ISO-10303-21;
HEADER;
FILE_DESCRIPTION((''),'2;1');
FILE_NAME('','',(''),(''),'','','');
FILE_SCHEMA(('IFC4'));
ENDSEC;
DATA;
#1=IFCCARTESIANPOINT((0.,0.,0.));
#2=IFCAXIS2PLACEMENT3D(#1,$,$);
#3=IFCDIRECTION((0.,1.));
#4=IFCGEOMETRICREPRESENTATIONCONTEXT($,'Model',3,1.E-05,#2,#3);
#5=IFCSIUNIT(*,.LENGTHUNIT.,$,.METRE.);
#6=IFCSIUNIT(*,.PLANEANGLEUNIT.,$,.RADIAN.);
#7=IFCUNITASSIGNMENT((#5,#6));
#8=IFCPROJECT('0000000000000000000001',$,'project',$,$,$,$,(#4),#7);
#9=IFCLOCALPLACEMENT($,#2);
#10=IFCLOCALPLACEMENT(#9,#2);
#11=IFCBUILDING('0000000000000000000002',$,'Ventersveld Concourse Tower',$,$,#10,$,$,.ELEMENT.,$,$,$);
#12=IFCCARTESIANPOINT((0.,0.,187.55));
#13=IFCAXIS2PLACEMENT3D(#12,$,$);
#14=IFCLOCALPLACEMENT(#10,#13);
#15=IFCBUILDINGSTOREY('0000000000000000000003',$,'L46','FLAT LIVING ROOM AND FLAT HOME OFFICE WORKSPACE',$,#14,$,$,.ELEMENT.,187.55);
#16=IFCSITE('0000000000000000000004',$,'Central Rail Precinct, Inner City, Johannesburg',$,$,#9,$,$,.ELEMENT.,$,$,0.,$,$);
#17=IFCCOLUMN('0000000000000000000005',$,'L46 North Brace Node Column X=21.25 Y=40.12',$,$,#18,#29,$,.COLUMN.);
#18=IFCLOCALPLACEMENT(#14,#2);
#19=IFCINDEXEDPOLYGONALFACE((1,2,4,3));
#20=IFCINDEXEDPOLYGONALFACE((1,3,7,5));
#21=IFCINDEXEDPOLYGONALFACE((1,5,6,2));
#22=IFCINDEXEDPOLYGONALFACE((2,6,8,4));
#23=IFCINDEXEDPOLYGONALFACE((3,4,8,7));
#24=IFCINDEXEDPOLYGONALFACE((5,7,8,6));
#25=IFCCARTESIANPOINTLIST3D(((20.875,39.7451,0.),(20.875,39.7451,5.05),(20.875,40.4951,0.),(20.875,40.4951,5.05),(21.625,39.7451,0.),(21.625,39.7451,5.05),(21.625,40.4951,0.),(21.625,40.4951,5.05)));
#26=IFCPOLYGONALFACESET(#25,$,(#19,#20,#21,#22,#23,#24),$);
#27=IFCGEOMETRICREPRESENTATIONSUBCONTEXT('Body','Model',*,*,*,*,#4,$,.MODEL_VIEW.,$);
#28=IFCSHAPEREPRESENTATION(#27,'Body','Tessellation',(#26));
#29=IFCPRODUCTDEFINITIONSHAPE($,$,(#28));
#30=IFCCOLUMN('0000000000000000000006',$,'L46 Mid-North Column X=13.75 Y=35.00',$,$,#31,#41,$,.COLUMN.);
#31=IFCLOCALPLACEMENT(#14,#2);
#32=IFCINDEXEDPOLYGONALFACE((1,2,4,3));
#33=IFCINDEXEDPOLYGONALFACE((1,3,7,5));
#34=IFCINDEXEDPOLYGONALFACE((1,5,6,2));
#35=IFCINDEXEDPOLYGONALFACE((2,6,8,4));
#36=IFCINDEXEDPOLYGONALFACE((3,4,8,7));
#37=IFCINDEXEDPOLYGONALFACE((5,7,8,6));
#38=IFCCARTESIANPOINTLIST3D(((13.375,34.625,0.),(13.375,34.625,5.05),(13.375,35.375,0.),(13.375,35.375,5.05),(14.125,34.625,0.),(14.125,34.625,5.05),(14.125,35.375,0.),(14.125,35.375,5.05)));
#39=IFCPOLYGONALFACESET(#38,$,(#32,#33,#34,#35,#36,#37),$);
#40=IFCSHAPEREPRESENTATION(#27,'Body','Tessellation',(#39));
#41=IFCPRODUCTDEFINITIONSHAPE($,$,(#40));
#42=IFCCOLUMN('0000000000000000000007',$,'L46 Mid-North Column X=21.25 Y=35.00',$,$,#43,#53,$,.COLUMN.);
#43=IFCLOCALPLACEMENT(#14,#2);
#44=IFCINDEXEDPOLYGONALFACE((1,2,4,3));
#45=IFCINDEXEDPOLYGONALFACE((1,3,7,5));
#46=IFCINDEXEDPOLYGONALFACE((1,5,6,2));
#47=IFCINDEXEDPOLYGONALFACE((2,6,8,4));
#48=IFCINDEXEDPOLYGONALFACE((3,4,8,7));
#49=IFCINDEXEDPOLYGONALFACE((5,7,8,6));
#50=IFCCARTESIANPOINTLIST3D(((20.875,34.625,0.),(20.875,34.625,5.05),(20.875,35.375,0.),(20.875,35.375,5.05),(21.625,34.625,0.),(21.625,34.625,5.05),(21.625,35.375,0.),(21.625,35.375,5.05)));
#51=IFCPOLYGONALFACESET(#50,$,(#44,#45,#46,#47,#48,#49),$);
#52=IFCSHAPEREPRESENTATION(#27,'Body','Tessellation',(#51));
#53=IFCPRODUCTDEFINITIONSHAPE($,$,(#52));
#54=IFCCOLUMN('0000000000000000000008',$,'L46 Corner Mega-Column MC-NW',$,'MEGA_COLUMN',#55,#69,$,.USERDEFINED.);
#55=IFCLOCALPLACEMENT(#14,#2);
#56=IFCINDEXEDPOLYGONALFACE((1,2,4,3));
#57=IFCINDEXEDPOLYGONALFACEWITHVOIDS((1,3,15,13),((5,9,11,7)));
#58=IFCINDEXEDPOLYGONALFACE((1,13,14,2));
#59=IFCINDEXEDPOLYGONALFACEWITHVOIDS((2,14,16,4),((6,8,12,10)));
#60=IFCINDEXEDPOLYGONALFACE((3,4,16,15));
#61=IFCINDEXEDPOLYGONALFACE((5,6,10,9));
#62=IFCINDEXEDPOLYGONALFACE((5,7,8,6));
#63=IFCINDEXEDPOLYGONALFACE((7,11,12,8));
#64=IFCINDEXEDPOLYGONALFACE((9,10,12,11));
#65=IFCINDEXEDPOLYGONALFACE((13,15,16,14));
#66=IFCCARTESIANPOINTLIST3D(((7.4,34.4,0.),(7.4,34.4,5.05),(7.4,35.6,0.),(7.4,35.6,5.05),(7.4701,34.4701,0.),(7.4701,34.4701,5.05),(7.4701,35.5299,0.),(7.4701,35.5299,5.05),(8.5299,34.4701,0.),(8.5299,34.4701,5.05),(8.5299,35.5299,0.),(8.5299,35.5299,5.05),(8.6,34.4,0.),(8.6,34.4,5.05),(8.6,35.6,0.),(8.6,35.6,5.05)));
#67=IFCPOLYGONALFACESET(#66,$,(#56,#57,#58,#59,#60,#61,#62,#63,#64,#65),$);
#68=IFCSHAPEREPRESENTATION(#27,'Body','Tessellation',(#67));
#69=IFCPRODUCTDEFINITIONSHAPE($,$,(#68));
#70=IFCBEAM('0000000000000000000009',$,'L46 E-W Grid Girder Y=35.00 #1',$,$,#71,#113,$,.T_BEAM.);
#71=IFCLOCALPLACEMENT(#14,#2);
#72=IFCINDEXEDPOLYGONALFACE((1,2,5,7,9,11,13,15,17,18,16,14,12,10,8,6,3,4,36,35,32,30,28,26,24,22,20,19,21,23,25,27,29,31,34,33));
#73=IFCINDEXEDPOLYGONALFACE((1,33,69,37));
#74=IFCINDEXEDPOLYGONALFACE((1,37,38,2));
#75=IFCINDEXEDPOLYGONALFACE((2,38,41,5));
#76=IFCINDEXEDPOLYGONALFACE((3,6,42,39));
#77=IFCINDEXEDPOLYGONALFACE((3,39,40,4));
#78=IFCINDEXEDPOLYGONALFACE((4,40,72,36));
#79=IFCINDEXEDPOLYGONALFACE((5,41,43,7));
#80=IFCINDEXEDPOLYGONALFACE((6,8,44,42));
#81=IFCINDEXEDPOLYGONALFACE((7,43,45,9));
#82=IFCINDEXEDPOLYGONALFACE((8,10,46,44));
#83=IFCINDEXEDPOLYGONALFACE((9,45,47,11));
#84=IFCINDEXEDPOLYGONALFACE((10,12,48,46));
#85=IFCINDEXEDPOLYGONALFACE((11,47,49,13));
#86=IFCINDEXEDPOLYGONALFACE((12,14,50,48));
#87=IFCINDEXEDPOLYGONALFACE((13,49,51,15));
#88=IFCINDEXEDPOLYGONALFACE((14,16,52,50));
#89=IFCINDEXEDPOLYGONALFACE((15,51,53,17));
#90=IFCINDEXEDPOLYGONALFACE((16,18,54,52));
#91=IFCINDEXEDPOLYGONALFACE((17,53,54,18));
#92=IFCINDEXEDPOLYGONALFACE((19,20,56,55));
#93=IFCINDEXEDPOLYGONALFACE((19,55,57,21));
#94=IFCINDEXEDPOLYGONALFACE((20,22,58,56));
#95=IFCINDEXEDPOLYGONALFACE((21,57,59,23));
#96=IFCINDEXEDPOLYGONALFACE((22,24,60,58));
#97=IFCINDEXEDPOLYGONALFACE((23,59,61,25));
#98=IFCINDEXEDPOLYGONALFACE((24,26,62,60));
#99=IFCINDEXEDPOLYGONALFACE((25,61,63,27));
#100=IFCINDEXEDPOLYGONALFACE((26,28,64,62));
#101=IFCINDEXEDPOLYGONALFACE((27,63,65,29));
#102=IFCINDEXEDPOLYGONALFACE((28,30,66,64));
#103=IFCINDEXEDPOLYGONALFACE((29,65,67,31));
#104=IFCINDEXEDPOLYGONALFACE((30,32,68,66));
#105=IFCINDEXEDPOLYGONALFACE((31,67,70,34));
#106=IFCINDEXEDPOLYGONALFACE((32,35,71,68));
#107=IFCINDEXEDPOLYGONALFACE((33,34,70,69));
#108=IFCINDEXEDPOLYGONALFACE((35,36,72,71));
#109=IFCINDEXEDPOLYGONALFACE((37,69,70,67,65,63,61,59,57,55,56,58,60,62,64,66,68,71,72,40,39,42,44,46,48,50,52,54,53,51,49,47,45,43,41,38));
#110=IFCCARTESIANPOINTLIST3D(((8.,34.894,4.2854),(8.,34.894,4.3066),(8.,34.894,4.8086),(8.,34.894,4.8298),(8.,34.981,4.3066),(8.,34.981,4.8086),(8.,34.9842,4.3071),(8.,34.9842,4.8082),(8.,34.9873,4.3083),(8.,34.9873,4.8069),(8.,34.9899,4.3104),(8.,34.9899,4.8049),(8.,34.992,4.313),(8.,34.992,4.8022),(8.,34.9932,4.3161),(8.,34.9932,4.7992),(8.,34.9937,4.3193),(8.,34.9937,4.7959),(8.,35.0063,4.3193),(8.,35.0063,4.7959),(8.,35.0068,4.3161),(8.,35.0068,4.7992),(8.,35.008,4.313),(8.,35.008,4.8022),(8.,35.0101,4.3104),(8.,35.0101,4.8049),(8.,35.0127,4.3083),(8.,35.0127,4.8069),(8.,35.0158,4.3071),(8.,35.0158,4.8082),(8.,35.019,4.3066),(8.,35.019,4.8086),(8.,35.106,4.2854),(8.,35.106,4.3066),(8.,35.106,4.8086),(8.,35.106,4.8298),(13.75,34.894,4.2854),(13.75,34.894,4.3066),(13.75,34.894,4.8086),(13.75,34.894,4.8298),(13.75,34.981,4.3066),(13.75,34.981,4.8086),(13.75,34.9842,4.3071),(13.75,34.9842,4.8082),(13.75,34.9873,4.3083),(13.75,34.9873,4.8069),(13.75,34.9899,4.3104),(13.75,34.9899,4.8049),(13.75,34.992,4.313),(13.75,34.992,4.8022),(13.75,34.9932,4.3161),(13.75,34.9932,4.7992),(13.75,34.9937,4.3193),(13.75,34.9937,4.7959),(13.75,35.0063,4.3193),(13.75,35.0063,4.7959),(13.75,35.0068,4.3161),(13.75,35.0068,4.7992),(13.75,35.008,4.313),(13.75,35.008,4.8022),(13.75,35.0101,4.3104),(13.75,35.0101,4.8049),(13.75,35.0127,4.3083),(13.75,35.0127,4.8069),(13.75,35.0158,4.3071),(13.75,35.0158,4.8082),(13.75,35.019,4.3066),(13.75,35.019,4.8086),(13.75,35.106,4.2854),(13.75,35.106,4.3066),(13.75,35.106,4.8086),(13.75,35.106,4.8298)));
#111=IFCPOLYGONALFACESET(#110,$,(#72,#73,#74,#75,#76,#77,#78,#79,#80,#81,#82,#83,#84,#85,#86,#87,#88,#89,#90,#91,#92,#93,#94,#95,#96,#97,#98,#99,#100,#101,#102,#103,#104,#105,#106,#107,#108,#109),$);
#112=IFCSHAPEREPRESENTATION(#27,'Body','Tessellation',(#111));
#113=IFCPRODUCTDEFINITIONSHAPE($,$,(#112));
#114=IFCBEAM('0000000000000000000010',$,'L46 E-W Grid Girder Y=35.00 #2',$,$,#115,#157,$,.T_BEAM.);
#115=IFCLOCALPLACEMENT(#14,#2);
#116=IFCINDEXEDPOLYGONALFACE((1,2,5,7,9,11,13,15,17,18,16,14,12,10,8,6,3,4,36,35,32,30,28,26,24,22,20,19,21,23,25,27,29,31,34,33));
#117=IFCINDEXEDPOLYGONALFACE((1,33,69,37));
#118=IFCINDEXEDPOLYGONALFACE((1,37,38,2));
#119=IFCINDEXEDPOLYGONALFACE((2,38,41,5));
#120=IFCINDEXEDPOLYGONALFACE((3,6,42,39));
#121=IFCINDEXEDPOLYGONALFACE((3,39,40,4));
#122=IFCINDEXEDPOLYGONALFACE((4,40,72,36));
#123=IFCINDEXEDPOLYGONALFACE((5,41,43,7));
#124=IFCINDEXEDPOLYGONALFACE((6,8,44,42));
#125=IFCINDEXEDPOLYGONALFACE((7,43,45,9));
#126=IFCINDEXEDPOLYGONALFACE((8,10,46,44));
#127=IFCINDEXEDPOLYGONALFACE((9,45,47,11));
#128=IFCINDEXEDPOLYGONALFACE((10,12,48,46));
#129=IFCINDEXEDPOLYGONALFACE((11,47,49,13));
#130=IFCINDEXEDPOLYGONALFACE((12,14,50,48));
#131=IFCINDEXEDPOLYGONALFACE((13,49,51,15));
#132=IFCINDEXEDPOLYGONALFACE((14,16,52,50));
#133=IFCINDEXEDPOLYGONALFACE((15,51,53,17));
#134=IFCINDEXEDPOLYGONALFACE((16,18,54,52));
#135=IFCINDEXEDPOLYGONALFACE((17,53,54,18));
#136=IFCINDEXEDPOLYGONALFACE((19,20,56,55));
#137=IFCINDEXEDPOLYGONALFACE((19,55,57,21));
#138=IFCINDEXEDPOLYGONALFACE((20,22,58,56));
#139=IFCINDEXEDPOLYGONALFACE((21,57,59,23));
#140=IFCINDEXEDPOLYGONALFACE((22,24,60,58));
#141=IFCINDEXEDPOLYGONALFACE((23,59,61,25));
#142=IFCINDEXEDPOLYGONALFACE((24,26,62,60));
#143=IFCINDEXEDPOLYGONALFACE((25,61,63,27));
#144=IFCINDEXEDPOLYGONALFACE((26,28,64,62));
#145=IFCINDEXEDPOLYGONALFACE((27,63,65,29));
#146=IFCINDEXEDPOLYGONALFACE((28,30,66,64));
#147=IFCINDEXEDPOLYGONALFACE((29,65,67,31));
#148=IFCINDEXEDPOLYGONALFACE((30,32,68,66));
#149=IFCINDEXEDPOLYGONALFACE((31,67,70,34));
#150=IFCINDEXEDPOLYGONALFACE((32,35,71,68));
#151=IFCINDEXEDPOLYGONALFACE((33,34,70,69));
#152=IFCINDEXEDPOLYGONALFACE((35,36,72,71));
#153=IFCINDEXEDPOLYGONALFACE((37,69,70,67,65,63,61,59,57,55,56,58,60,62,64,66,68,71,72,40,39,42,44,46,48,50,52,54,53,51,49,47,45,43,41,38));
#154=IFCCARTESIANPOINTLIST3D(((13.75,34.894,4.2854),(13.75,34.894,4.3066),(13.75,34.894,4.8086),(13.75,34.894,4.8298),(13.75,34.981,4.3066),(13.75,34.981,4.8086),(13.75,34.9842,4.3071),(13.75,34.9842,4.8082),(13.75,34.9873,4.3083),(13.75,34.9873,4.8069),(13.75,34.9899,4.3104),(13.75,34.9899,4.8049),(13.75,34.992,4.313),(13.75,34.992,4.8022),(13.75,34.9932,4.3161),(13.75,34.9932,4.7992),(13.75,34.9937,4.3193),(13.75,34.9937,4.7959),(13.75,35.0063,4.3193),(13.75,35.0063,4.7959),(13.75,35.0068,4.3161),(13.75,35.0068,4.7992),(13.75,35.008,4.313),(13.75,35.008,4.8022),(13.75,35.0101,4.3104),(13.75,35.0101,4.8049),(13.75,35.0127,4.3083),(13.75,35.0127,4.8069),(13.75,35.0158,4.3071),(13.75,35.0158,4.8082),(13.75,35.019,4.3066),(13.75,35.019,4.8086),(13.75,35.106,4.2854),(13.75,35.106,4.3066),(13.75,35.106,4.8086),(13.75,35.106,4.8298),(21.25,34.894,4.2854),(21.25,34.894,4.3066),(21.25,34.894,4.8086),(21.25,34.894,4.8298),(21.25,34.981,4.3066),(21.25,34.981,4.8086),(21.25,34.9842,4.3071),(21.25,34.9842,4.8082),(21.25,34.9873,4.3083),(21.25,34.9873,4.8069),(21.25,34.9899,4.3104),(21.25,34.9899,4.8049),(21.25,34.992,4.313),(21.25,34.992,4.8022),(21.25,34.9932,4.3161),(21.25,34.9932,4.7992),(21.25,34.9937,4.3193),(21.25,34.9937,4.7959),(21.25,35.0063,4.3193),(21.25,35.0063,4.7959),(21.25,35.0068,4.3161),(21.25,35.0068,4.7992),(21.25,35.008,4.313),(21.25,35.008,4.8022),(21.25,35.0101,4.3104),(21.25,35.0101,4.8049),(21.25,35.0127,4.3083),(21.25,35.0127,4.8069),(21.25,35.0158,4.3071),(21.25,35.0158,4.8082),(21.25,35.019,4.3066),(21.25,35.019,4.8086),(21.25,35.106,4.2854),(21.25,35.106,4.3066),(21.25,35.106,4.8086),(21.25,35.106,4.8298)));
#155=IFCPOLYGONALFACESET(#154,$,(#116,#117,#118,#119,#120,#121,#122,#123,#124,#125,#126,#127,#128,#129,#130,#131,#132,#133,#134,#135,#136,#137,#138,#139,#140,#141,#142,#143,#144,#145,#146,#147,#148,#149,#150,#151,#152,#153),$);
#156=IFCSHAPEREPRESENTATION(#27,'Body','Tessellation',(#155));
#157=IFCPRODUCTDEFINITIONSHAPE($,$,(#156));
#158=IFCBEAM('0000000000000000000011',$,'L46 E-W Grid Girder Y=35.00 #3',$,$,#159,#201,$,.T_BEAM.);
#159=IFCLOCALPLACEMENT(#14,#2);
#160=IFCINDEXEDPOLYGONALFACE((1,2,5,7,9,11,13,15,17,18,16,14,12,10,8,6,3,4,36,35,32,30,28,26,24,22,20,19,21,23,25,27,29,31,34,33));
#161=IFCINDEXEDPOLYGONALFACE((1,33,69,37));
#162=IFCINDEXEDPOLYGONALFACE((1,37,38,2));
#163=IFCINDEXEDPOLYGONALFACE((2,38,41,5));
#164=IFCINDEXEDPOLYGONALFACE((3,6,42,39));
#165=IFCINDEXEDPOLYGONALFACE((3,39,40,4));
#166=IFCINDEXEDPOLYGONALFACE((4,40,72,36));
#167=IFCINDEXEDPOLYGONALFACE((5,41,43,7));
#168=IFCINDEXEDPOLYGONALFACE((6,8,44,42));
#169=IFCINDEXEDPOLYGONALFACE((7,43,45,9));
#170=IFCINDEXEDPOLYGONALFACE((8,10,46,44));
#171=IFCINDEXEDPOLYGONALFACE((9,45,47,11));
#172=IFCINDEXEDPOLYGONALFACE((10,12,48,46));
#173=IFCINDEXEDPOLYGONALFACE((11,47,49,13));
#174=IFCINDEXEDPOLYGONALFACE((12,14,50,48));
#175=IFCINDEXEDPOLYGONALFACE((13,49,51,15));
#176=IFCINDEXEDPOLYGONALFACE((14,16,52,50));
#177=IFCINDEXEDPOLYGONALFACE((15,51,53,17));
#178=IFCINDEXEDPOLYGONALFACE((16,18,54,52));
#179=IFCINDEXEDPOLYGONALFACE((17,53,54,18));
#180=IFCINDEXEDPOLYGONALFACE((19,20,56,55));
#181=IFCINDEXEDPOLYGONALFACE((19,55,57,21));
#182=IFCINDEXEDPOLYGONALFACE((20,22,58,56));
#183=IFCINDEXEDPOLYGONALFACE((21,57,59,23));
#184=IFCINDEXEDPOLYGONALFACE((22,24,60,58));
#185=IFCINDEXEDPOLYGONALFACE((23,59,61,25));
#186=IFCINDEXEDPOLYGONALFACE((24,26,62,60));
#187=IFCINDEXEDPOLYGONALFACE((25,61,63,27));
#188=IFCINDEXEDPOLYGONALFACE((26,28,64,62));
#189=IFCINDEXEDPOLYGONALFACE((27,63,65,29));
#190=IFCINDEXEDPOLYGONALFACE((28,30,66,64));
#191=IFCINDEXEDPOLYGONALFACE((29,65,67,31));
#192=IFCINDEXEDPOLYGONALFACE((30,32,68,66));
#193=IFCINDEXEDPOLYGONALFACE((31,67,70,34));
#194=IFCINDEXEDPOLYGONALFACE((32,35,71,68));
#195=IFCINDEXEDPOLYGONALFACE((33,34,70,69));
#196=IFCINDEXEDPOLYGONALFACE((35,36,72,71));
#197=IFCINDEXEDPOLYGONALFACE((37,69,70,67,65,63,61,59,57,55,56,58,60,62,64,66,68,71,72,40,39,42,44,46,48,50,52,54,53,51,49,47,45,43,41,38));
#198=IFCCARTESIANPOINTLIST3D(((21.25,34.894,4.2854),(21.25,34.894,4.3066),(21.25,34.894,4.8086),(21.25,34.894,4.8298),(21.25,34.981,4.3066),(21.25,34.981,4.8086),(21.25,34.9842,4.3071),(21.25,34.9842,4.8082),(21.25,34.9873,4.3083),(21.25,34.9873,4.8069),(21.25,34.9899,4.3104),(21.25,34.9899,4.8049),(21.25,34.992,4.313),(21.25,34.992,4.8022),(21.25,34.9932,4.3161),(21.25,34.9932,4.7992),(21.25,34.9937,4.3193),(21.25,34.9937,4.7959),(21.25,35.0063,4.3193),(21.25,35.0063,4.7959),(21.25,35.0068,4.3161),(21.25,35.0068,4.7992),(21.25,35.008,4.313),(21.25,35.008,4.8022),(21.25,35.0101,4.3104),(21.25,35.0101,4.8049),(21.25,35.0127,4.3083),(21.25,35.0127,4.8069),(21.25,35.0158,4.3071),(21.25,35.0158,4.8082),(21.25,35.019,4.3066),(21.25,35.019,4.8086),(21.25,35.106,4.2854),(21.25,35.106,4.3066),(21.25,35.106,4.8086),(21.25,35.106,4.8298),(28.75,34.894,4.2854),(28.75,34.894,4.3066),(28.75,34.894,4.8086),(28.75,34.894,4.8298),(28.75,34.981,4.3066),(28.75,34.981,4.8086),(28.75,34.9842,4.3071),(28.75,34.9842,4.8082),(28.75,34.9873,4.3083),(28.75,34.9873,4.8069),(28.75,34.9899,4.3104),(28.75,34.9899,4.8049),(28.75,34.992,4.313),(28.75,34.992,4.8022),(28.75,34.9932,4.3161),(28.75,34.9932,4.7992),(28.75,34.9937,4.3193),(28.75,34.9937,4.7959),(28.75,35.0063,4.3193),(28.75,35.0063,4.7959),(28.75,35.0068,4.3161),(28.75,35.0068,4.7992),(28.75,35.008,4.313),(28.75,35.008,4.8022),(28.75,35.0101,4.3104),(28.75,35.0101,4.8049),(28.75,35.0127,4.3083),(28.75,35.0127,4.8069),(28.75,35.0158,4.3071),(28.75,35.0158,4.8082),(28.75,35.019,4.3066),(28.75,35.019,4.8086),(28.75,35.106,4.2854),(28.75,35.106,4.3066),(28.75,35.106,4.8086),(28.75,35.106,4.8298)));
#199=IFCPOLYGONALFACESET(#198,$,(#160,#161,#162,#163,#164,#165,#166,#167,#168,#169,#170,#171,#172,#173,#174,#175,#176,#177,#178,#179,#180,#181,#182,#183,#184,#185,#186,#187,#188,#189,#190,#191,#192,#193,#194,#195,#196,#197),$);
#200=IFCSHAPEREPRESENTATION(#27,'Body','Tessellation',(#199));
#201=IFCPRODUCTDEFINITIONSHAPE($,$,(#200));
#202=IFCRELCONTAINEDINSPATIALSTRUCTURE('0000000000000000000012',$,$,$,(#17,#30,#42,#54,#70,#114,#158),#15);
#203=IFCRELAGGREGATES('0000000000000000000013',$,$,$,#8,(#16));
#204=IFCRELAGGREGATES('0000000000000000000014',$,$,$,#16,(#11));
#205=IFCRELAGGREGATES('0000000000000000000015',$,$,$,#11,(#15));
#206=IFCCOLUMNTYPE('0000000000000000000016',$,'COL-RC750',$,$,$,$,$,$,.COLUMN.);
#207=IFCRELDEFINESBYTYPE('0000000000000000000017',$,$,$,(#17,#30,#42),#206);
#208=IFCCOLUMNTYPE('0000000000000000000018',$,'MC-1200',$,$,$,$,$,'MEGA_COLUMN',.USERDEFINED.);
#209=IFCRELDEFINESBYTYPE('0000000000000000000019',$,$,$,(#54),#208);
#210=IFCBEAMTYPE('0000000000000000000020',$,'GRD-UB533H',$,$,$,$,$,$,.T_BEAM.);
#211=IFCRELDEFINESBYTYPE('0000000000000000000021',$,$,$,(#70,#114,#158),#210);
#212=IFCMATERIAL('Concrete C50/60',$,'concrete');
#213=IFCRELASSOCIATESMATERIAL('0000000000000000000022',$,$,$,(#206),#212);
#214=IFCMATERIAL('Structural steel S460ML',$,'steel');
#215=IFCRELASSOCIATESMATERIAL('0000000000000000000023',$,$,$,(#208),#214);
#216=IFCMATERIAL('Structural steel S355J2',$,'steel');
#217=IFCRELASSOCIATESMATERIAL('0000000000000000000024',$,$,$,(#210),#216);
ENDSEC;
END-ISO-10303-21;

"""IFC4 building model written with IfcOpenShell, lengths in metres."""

from ifc_helpers import new_model, si_unit, direction, frame, origin, origin_2d, place, context, subcontext, project, spatial, rectangle, hollow_rectangle, i_section, extrude, material, material_profile, profile_set, type_object, element, save


model = new_model("IFC4")

# Units and contexts
model_context = context("Model", 3, precision=1e-05, world=origin(), true_north=direction((0.0, 1.0)))
body_context = subcontext(model_context, "Body", "Model", "MODEL_VIEW")
ifc_project = project(units=[si_unit("LENGTHUNIT", "METRE"), si_unit("PLANEANGLEUNIT", "RADIAN")], contexts=[model_context])

# Site, building, storey
site_placement = place(None, origin())
site = spatial("IfcSite", under=ifc_project, at=site_placement, Name="Central Rail Precinct, Inner City, Johannesburg", CompositionType="ELEMENT", RefElevation=0.0)
building_placement = place(site_placement, origin())
building = spatial("IfcBuilding", under=site, at=building_placement, Name="Ventersveld Concourse Tower", CompositionType="ELEMENT")
storey_placement = place(building_placement, frame((0.0, 0.0, 187.55)))
storey = spatial("IfcBuildingStorey", under=building, at=storey_placement, Name="L46", Description="FLAT LIVING ROOM AND FLAT HOME OFFICE WORKSPACE", CompositionType="ELEMENT", Elevation=187.55)

# Columns
ifc_material_1 = material(Name="Concrete C50/60", Category="concrete")
ifc_material_profile_1 = material_profile(ifc_material_1, rectangle(XDim=0.75, YDim=0.75, at=origin_2d()), Name="RC 750x750")
ifc_profile_set_1 = profile_set([ifc_material_profile_1], Name="Concrete C50/60")
column_type_1 = type_object("IfcColumnType", Name="COL-RC750", PredefinedType="COLUMN", material=ifc_profile_set_1)
for number, where, z_axis, x_axis, name in (
    (1, (21.25, 40.1201, 0.0), (0.0, 0.0, 1.0), (1.0, 0.0, 0.0), "L46 North Brace Node Column X=21.25 Y=40.12"),
    (2, (13.75, 35.0, 0.0), (0.0, 0.0, 1.0), (1.0, 0.0, 0.0), "L46 Mid-North Column X=13.75 Y=35.00"),
    (3, (21.25, 35.0, 0.0), (0.0, 0.0, 1.0), (1.0, 0.0, 0.0), "L46 Mid-North Column X=21.25 Y=35.00"),
):
    element("IfcColumn", number, at=place(storey_placement, frame(where, z_axis=z_axis, x_axis=x_axis)), inside=storey, type_object=column_type_1, Name=name, PredefinedType="COLUMN", context=body_context, shape_type="SweptSolid", body=[
        extrude(rectangle(XDim=0.75, YDim=0.75, at=origin_2d()), origin(), (0.0, 0.0, 1.0), 5.05),
    ])
ifc_material_2 = material(Name="Structural steel S460ML", Category="steel")
ifc_material_profile_2 = material_profile(ifc_material_2, hollow_rectangle(XDim=1.2, YDim=1.2, WallThickness=0.0701, at=origin_2d()), Name="BOX 1200x1200x70")
ifc_profile_set_2 = profile_set([ifc_material_profile_2], Name="Structural steel S460ML")
column_type_2 = type_object("IfcColumnType", Name="MC-1200", ElementType="MEGA_COLUMN", PredefinedType="USERDEFINED", material=ifc_profile_set_2)
column_placement = place(storey_placement, frame((8.0, 35.0, 0.0), z_axis=(0.0, 0.0, 1.0), x_axis=(1.0, 0.0, 0.0)))
element("IfcColumn", 4, at=column_placement, inside=storey, type_object=column_type_2, Name="L46 Corner Mega-Column MC-NW", ObjectType="MEGA_COLUMN", PredefinedType="USERDEFINED", context=body_context, shape_type="SweptSolid", body=[
    extrude(hollow_rectangle(XDim=1.2, YDim=1.2, WallThickness=0.0701, at=origin_2d()), origin(), (0.0, 0.0, 1.0), 5.05),
])

# Beams
ifc_material_3 = material(Name="Structural steel S355J2", Category="steel")
ifc_material_profile_3 = material_profile(ifc_material_3, i_section(OverallWidth=0.2119, OverallDepth=0.5444, WebThickness=0.0127, FlangeThickness=0.0212, FilletRadius=0.0127, at=origin_2d()), Name="UB 533x210x122")
ifc_profile_set_3 = profile_set([ifc_material_profile_3], Name="Structural steel S355J2")
beam_type_1 = type_object("IfcBeamType", Name="GRD-UB533H", PredefinedType="T_BEAM", material=ifc_profile_set_3)
beam_1_placement = place(storey_placement, frame((8.0, 35.0, 4.5576), z_axis=(1.0, 0.0, 0.0), x_axis=(0.0, 1.0, 0.0)))
element("IfcBeam", 5, at=beam_1_placement, inside=storey, type_object=beam_type_1, Name="L46 E-W Grid Girder Y=35.00 #1", PredefinedType="T_BEAM", context=body_context, shape_type="SweptSolid", body=[
    extrude(i_section(OverallWidth=0.2119, OverallDepth=0.5444, WebThickness=0.0127, FlangeThickness=0.0212, FilletRadius=0.0127, at=origin_2d()), origin(), (0.0, 0.0, 1.0), 5.75),
])
for number, where, z_axis, x_axis, name in (
    (6, (13.75, 35.0, 4.5576), (1.0, 0.0, 0.0), (0.0, 1.0, 0.0), "L46 E-W Grid Girder Y=35.00 #2"),
    (7, (21.25, 35.0, 4.5576), (1.0, 0.0, 0.0), (0.0, 1.0, 0.0), "L46 E-W Grid Girder Y=35.00 #3"),
):
    element("IfcBeam", number, at=place(storey_placement, frame(where, z_axis=z_axis, x_axis=x_axis)), inside=storey, type_object=beam_type_1, Name=name, PredefinedType="T_BEAM", context=body_context, shape_type="SweptSolid", body=[
        extrude(i_section(OverallWidth=0.2119, OverallDepth=0.5444, WebThickness=0.0127, FlangeThickness=0.0212, FilletRadius=0.0127, at=origin_2d()), origin(), (0.0, 0.0, 1.0), 7.5),
    ])

save(model, "model.ifc")
